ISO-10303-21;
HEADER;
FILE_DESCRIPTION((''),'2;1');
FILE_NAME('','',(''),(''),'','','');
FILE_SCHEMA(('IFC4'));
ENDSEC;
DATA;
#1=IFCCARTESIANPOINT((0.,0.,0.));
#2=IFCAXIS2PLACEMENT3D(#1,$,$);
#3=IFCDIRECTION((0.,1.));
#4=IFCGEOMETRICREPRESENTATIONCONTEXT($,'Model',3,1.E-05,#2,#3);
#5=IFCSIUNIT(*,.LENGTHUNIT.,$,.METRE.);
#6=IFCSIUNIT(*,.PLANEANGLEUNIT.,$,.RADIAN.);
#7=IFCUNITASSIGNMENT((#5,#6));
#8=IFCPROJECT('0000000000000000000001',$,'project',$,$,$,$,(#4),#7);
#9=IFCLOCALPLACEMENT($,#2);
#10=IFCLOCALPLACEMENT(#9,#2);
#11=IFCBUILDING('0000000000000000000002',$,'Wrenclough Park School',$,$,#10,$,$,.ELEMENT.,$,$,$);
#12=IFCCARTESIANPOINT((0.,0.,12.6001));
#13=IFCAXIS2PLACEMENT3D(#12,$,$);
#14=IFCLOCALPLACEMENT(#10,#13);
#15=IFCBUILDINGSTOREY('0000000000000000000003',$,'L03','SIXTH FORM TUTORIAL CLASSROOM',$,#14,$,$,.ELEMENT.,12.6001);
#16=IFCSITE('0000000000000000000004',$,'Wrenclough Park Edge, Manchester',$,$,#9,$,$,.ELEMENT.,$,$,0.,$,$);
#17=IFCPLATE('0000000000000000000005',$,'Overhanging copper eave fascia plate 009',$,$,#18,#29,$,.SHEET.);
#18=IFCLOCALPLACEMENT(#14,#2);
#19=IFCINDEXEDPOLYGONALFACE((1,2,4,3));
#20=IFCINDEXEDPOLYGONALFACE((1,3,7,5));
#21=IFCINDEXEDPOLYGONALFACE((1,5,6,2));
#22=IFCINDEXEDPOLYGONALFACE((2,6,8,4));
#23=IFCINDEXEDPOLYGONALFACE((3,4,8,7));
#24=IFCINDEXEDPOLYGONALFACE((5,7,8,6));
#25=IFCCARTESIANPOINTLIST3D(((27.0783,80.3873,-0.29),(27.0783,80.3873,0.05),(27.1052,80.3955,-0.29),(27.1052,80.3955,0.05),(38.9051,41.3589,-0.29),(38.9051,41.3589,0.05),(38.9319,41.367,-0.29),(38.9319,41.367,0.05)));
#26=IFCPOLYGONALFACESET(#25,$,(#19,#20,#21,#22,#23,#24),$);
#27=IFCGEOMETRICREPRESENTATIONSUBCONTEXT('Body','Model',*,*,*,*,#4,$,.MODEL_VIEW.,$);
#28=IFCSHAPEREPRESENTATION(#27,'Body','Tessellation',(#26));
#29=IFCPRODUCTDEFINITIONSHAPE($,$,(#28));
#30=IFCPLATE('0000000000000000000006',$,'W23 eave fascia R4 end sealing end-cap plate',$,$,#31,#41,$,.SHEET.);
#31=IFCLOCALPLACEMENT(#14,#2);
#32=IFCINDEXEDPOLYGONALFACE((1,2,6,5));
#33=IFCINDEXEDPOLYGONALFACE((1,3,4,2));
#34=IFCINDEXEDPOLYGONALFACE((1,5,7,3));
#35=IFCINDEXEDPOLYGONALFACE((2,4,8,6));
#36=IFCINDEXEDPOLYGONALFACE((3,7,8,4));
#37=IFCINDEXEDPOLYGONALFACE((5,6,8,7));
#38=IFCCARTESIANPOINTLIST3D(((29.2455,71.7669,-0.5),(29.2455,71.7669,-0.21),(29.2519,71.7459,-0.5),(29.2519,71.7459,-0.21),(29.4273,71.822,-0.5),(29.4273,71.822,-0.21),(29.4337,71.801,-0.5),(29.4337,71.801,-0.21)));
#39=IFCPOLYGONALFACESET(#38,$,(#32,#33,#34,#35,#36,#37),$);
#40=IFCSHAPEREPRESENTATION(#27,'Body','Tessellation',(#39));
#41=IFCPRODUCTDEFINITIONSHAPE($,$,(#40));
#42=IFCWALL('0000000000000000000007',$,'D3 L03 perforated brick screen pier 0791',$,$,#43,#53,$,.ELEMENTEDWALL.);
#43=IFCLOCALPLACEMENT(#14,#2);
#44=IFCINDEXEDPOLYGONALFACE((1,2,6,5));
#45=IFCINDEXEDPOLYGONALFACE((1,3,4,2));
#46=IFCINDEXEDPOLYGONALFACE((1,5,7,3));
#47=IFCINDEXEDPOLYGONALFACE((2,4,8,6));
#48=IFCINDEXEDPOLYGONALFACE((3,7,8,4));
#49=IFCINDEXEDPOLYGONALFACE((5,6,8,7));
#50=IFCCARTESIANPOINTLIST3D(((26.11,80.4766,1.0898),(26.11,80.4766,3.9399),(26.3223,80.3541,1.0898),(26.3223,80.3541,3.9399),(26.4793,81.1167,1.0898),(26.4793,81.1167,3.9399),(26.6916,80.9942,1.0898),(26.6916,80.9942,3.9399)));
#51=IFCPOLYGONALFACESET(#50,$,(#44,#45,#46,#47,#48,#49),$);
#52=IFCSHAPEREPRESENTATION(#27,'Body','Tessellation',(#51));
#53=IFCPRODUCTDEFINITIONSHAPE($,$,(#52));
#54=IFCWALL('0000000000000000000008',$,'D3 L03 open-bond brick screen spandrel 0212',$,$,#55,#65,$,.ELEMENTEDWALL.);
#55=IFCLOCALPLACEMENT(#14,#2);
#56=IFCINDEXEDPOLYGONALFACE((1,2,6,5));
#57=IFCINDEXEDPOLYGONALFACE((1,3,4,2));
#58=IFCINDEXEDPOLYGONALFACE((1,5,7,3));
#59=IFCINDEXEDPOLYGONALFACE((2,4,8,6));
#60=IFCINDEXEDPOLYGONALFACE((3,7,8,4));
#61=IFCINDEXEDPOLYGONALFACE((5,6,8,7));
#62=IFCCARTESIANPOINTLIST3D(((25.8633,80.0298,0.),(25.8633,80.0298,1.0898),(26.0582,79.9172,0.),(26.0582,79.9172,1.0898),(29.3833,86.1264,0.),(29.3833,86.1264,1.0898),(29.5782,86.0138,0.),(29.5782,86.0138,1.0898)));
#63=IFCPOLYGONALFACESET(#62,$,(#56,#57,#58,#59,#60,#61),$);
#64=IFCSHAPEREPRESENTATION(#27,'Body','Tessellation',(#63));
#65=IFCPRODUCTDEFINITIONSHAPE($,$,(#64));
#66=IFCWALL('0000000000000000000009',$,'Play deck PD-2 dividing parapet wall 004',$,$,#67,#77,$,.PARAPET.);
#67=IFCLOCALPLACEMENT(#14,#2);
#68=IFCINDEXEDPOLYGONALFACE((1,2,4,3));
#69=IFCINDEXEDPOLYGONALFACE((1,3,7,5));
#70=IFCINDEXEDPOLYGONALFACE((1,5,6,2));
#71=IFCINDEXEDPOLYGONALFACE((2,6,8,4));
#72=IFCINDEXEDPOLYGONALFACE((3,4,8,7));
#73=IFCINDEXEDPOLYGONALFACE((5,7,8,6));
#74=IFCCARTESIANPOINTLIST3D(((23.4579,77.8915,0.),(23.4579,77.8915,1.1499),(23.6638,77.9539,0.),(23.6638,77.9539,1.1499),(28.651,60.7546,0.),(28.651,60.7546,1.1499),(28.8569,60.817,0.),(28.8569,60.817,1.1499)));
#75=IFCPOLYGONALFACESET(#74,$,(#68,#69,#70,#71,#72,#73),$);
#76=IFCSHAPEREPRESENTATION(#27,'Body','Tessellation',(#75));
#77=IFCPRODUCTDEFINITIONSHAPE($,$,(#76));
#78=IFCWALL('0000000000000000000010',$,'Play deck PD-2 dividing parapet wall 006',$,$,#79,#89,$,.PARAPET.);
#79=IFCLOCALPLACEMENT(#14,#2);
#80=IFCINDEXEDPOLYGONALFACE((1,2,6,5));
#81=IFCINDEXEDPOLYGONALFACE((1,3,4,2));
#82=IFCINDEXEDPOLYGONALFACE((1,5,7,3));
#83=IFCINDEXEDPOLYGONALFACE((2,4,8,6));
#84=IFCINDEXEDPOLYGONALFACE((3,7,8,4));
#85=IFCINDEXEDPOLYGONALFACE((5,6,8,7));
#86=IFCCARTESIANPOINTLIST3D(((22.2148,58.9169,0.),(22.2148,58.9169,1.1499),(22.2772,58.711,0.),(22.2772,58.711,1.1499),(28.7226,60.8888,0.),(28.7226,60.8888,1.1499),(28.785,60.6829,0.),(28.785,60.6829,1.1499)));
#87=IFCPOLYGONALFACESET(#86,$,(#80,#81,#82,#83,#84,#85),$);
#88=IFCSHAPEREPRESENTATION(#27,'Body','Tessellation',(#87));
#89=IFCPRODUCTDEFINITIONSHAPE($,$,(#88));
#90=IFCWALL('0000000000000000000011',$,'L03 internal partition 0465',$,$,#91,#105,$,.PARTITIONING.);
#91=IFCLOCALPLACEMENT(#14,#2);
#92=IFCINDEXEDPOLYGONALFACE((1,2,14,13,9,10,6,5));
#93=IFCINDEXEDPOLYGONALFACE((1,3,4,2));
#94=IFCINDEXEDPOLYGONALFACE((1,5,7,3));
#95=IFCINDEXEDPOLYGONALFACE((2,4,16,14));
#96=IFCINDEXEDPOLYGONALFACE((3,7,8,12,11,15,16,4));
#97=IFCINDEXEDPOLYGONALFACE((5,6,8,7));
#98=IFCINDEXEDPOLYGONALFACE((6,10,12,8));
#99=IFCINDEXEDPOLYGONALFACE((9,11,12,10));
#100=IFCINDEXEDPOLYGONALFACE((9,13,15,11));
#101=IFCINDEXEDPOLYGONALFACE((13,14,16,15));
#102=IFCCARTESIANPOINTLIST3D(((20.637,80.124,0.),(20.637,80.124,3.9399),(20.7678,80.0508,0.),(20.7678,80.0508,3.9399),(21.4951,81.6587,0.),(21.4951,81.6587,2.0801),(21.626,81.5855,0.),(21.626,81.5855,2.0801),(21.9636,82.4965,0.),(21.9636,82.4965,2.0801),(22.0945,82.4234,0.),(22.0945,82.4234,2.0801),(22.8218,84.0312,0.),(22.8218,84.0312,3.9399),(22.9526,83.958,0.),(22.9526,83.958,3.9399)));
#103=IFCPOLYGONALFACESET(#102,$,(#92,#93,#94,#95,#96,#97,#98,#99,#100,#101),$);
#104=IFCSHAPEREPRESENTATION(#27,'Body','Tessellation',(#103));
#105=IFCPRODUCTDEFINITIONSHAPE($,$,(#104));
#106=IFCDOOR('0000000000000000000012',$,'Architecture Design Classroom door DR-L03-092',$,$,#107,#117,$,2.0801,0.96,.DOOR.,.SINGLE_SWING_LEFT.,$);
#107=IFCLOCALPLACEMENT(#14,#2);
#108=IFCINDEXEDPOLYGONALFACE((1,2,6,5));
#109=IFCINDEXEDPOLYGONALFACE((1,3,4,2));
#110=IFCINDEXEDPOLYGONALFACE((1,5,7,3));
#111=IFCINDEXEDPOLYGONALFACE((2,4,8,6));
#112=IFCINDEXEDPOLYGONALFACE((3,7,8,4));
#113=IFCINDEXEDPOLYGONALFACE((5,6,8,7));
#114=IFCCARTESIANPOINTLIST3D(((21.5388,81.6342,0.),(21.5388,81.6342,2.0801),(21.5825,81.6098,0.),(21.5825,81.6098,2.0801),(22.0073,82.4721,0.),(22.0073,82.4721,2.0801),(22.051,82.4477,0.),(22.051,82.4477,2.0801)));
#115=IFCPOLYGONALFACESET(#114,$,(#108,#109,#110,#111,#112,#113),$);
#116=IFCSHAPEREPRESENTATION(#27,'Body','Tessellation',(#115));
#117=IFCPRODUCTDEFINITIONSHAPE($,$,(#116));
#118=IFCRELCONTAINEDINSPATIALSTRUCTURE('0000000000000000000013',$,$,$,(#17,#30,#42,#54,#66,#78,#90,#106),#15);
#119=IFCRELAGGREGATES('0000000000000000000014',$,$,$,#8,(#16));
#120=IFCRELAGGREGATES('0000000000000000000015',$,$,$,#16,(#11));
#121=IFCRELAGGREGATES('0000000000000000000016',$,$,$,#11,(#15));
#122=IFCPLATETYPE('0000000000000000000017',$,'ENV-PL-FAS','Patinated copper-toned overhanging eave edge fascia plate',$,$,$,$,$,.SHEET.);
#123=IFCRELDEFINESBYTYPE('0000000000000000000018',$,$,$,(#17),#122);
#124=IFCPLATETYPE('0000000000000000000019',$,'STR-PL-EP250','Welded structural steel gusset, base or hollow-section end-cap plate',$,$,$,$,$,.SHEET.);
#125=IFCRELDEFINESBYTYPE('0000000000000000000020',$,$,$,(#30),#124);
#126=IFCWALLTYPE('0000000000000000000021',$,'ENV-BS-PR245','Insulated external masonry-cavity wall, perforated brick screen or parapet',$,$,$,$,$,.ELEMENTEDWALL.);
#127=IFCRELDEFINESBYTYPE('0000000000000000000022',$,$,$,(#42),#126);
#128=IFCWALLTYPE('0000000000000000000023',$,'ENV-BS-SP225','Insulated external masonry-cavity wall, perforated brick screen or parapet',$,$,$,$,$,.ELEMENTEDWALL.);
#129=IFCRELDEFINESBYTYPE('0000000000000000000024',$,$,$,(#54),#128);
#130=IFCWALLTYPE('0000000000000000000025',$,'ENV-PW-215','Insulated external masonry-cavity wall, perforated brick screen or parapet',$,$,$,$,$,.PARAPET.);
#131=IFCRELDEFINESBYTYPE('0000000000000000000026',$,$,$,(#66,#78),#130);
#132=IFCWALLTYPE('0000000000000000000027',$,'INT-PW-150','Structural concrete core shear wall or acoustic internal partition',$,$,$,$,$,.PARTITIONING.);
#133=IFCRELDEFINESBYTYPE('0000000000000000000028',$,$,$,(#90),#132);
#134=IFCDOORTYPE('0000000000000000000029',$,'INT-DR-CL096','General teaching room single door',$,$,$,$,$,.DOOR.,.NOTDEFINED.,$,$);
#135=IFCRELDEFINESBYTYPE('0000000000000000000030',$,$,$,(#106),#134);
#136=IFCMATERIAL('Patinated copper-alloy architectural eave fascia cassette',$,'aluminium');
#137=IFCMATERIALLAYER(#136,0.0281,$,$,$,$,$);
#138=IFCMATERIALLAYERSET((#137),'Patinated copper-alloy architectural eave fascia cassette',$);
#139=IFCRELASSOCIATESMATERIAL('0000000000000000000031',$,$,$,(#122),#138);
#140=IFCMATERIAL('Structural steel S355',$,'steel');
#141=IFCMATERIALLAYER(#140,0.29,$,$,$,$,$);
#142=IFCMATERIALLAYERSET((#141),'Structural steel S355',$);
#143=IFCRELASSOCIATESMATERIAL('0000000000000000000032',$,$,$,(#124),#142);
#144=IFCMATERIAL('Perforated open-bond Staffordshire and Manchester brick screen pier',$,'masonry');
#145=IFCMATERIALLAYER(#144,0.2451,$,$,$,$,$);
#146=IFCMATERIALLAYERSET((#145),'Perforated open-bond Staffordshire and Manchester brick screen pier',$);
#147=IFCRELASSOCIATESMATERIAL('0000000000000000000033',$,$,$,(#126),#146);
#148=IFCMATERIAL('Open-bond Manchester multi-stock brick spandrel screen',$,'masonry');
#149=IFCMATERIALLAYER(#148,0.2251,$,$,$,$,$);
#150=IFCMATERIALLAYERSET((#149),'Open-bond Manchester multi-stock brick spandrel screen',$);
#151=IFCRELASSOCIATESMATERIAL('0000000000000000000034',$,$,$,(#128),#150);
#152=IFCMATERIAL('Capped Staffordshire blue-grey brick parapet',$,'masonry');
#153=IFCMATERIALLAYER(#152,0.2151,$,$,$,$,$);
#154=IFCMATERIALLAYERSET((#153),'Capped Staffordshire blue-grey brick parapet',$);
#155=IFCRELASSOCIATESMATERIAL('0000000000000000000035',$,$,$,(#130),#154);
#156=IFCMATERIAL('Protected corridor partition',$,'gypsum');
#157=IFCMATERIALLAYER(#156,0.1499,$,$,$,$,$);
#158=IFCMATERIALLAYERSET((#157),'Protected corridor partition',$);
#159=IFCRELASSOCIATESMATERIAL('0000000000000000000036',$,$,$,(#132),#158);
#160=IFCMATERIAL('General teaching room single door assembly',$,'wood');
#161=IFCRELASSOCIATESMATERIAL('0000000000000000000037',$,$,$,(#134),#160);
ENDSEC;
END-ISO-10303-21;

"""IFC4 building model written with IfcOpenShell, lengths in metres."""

from ifc_helpers import new_model, si_unit, direction, frame, frame_2d, origin, origin_2d, place, context, subcontext, project, spatial, rectangle, extrude, material, layer, layer_set, type_object, element, fill, save


model = new_model("IFC4")

# Units and contexts
model_context = context("Model", 3, precision=1e-05, world=origin(), true_north=direction((0.0, 1.0)))
body_context = subcontext(model_context, "Body", "Model", "MODEL_VIEW")
ifc_project = project(units=[si_unit("LENGTHUNIT", "METRE"), si_unit("PLANEANGLEUNIT", "RADIAN")], contexts=[model_context])

# Site, building, storey
site_placement = place(None, origin())
site = spatial("IfcSite", under=ifc_project, at=site_placement, Name="Wrenclough Park Edge, Manchester", CompositionType="ELEMENT", RefElevation=0.0)
building_placement = place(site_placement, origin())
building = spatial("IfcBuilding", under=site, at=building_placement, Name="Wrenclough Park School", CompositionType="ELEMENT")
storey_placement = place(building_placement, frame((0.0, 0.0, 12.6001)))
storey = spatial("IfcBuildingStorey", under=building, at=storey_placement, Name="L03", Description="SIXTH FORM TUTORIAL CLASSROOM", CompositionType="ELEMENT", Elevation=12.6001)

# Shared definitions
ifc_material_1 = material(Name="Structural steel S355", Category="steel")

# Plates
ifc_material_2 = material(Name="Patinated copper-alloy architectural eave fascia cassette", Category="aluminium")
ifc_layer_1 = layer(ifc_material_2, 0.0281)
ifc_layer_set_1 = layer_set([ifc_layer_1], Name="Patinated copper-alloy architectural eave fascia cassette")
plate_type_1 = type_object("IfcPlateType", Name="ENV-PL-FAS", Description="Patinated copper-toned overhanging eave edge fascia plate", PredefinedType="SHEET", material=ifc_layer_set_1)
plate_1_placement = place(storey_placement, frame((33.0051, 60.8772, -0.29), z_axis=(0.0, 0.0, 1.0), x_axis=(-0.290006, 0.957025, 0.0)))
element("IfcPlate", 1, at=plate_1_placement, inside=storey, type_object=plate_type_1, Name="Overhanging copper eave fascia plate 009", PredefinedType="SHEET", context=body_context, shape_type="SweptSolid", body=[
    extrude(rectangle(XDim=40.781, YDim=0.0281, at=origin_2d()), origin(), (0.0, 0.0, 1.0), 0.3401),
])
ifc_layer_2 = layer(ifc_material_1, 0.29)
ifc_layer_set_2 = layer_set([ifc_layer_2], Name="Structural steel S355")
plate_type_2 = type_object("IfcPlateType", Name="STR-PL-EP250", Description="Welded structural steel gusset, base or hollow-section end-cap plate", PredefinedType="SHEET", material=ifc_layer_set_2)
plate_2_placement = place(storey_placement, frame((29.3396, 71.7839, -0.5), z_axis=(0.0, 0.0, 1.0), x_axis=(-0.290034, 0.957016, 0.0)))
element("IfcPlate", 2, at=plate_2_placement, inside=storey, type_object=plate_type_2, Name="W23 eave fascia R4 end sealing end-cap plate", PredefinedType="SHEET", context=body_context, shape_type="SweptSolid", body=[
    extrude(rectangle(XDim=0.022, YDim=0.1899, at=origin_2d()), origin(), (0.0, 0.0, 1.0), 0.29),
])

# Walls
ifc_material_3 = material(Name="Perforated open-bond Staffordshire and Manchester brick screen pier", Category="masonry")
ifc_layer_3 = layer(ifc_material_3, 0.2451)
ifc_layer_set_3 = layer_set([ifc_layer_3], Name="Perforated open-bond Staffordshire and Manchester brick screen pier")
wall_type_1 = type_object("IfcWallType", Name="ENV-BS-PR245", Description="Insulated external masonry-cavity wall, perforated brick screen or parapet", PredefinedType="ELEMENTEDWALL", material=ifc_layer_set_3)
wall_1_placement = place(storey_placement, frame((26.2161, 80.4153, 1.0898), z_axis=(0.0, 0.0, 1.0), x_axis=(0.499799, 0.866142, 0.0)))
element("IfcWall", 3, at=wall_1_placement, inside=storey, type_object=wall_type_1, Name="D3 L03 perforated brick screen pier 0791", PredefinedType="ELEMENTEDWALL", context=body_context, shape_type="SweptSolid", body=[
    extrude(rectangle(XDim=0.739, YDim=0.2451, at=frame_2d((0.3696, 0.0))), origin(), (0.0, 0.0, 1.0), 2.8501),
])
ifc_material_4 = material(Name="Open-bond Manchester multi-stock brick spandrel screen", Category="masonry")
ifc_layer_4 = layer(ifc_material_4, 0.2251)
ifc_layer_set_4 = layer_set([ifc_layer_4], Name="Open-bond Manchester multi-stock brick spandrel screen")
wall_type_2 = type_object("IfcWallType", Name="ENV-BS-SP225", Description="Insulated external masonry-cavity wall, perforated brick screen or parapet", PredefinedType="ELEMENTEDWALL", material=ifc_layer_set_4)
wall_2_placement = place(storey_placement, frame((25.9607, 79.9734, 0.0), z_axis=(0.0, 0.0, 1.0), x_axis=(0.500011, 0.866019, 0.0)))
element("IfcWall", 4, at=wall_2_placement, inside=storey, type_object=wall_type_2, Name="D3 L03 open-bond brick screen spandrel 0212", PredefinedType="ELEMENTEDWALL", context=body_context, shape_type="SweptSolid", body=[
    extrude(rectangle(XDim=7.0398, YDim=0.2251, at=frame_2d((3.52, 0.0))), origin(), (0.0, 0.0, 1.0), 1.0898),
])

# Walls
ifc_material_5 = material(Name="Capped Staffordshire blue-grey brick parapet", Category="masonry")
ifc_layer_5 = layer(ifc_material_5, 0.2151)
ifc_layer_set_5 = layer_set([ifc_layer_5], Name="Capped Staffordshire blue-grey brick parapet")
wall_type_3 = type_object("IfcWallType", Name="ENV-PW-215", Description="Insulated external masonry-cavity wall, perforated brick screen or parapet", PredefinedType="PARAPET", material=ifc_layer_set_5)
wall_3_placement = place(storey_placement, frame((28.7539, 60.7859, 0.0), z_axis=(0.0, 0.0, 1.0), x_axis=(-0.290012, 0.957023, 0.0)))
element("IfcWall", 5, at=wall_3_placement, inside=storey, type_object=wall_type_3, Name="Play deck PD-2 dividing parapet wall 004", PredefinedType="PARAPET", context=body_context, shape_type="SweptSolid", body=[
    extrude(rectangle(XDim=17.9065, YDim=0.2151, at=frame_2d((8.9531, 0.0))), origin(), (0.0, 0.0, 1.0), 1.1499),
])
wall_4_placement = place(storey_placement, frame((22.2461, 58.814, 0.0), z_axis=(0.0, 0.0, 1.0), x_axis=(0.95703, 0.289988, 0.0)))
element("IfcWall", 6, at=wall_4_placement, inside=storey, type_object=wall_type_3, Name="Play deck PD-2 dividing parapet wall 006", PredefinedType="PARAPET", context=body_context, shape_type="SweptSolid", body=[
    extrude(rectangle(XDim=6.8, YDim=0.2151, at=frame_2d((3.3999, 0.0))), origin(), (0.0, 0.0, 1.0), 1.1499),
])

# Wall, opening, door
ifc_material_6 = material(Name="Protected corridor partition", Category="gypsum")
ifc_layer_6 = layer(ifc_material_6, 0.1499)
ifc_layer_set_6 = layer_set([ifc_layer_6], Name="Protected corridor partition")
wall_type_4 = type_object("IfcWallType", Name="INT-PW-150", Description="Structural concrete core shear wall or acoustic internal partition", PredefinedType="PARTITIONING", material=ifc_layer_set_6)
wall_5_placement = place(storey_placement, frame((20.7024, 80.0874, 0.0), z_axis=(0.0, 0.0, 1.0), x_axis=(0.488054, 0.872814, 0.0)))
wall_5 = element("IfcWall", 7, at=wall_5_placement, inside=storey, type_object=wall_type_4, Name="L03 internal partition 0465", PredefinedType="PARTITIONING", context=body_context, shape_type="SweptSolid", body=[
    extrude(rectangle(XDim=4.4766, YDim=0.1499, at=frame_2d((2.2383, 0.0))), origin(), (0.0, 0.0, 1.0), 3.9399),
])
opening_1_placement = place(wall_5_placement, frame((1.7583, 0.0, 0.0)))
opening_1 = element("IfcOpeningElement", 8, at=opening_1_placement, cuts=wall_5, PredefinedType="OPENING", context=body_context, shape_type="SweptSolid", body=[
    extrude(rectangle(XDim=0.96, YDim=2.0801, at=frame_2d((0.48, 1.04))), frame((0.0, 0.085, 0.0), z_axis=(0.0, -1.0, 0.0), x_axis=(1.0, 0.0, 0.0)), (0.0, 0.0, 1.0), 0.1699),
])
ifc_material_7 = material(Name="General teaching room single door assembly", Category="wood")
door_type_1 = type_object("IfcDoorType", Name="INT-DR-CL096", Description="General teaching room single door", OperationType="NOTDEFINED", PredefinedType="DOOR", material=ifc_material_7)
door_1_placement = place(opening_1_placement, origin())
door_1 = element("IfcDoor", 9, at=door_1_placement, inside=storey, type_object=door_type_1, Name="Architecture Design Classroom door DR-L03-092", OperationType="SINGLE_SWING_LEFT", OverallHeight=2.0801, OverallWidth=0.96, PredefinedType="DOOR", context=body_context, shape_type="SweptSolid", body=[
    extrude(rectangle(XDim=0.96, YDim=2.0801, at=frame_2d((0.48, 1.04))), frame((0.0, 0.0249, 0.0), z_axis=(0.0, -1.0, 0.0), x_axis=(1.0, 0.0, 0.0)), (0.0, 0.0, 1.0), 0.05),
])
fill(opening_1, door_1)

save(model, "model.ifc")
